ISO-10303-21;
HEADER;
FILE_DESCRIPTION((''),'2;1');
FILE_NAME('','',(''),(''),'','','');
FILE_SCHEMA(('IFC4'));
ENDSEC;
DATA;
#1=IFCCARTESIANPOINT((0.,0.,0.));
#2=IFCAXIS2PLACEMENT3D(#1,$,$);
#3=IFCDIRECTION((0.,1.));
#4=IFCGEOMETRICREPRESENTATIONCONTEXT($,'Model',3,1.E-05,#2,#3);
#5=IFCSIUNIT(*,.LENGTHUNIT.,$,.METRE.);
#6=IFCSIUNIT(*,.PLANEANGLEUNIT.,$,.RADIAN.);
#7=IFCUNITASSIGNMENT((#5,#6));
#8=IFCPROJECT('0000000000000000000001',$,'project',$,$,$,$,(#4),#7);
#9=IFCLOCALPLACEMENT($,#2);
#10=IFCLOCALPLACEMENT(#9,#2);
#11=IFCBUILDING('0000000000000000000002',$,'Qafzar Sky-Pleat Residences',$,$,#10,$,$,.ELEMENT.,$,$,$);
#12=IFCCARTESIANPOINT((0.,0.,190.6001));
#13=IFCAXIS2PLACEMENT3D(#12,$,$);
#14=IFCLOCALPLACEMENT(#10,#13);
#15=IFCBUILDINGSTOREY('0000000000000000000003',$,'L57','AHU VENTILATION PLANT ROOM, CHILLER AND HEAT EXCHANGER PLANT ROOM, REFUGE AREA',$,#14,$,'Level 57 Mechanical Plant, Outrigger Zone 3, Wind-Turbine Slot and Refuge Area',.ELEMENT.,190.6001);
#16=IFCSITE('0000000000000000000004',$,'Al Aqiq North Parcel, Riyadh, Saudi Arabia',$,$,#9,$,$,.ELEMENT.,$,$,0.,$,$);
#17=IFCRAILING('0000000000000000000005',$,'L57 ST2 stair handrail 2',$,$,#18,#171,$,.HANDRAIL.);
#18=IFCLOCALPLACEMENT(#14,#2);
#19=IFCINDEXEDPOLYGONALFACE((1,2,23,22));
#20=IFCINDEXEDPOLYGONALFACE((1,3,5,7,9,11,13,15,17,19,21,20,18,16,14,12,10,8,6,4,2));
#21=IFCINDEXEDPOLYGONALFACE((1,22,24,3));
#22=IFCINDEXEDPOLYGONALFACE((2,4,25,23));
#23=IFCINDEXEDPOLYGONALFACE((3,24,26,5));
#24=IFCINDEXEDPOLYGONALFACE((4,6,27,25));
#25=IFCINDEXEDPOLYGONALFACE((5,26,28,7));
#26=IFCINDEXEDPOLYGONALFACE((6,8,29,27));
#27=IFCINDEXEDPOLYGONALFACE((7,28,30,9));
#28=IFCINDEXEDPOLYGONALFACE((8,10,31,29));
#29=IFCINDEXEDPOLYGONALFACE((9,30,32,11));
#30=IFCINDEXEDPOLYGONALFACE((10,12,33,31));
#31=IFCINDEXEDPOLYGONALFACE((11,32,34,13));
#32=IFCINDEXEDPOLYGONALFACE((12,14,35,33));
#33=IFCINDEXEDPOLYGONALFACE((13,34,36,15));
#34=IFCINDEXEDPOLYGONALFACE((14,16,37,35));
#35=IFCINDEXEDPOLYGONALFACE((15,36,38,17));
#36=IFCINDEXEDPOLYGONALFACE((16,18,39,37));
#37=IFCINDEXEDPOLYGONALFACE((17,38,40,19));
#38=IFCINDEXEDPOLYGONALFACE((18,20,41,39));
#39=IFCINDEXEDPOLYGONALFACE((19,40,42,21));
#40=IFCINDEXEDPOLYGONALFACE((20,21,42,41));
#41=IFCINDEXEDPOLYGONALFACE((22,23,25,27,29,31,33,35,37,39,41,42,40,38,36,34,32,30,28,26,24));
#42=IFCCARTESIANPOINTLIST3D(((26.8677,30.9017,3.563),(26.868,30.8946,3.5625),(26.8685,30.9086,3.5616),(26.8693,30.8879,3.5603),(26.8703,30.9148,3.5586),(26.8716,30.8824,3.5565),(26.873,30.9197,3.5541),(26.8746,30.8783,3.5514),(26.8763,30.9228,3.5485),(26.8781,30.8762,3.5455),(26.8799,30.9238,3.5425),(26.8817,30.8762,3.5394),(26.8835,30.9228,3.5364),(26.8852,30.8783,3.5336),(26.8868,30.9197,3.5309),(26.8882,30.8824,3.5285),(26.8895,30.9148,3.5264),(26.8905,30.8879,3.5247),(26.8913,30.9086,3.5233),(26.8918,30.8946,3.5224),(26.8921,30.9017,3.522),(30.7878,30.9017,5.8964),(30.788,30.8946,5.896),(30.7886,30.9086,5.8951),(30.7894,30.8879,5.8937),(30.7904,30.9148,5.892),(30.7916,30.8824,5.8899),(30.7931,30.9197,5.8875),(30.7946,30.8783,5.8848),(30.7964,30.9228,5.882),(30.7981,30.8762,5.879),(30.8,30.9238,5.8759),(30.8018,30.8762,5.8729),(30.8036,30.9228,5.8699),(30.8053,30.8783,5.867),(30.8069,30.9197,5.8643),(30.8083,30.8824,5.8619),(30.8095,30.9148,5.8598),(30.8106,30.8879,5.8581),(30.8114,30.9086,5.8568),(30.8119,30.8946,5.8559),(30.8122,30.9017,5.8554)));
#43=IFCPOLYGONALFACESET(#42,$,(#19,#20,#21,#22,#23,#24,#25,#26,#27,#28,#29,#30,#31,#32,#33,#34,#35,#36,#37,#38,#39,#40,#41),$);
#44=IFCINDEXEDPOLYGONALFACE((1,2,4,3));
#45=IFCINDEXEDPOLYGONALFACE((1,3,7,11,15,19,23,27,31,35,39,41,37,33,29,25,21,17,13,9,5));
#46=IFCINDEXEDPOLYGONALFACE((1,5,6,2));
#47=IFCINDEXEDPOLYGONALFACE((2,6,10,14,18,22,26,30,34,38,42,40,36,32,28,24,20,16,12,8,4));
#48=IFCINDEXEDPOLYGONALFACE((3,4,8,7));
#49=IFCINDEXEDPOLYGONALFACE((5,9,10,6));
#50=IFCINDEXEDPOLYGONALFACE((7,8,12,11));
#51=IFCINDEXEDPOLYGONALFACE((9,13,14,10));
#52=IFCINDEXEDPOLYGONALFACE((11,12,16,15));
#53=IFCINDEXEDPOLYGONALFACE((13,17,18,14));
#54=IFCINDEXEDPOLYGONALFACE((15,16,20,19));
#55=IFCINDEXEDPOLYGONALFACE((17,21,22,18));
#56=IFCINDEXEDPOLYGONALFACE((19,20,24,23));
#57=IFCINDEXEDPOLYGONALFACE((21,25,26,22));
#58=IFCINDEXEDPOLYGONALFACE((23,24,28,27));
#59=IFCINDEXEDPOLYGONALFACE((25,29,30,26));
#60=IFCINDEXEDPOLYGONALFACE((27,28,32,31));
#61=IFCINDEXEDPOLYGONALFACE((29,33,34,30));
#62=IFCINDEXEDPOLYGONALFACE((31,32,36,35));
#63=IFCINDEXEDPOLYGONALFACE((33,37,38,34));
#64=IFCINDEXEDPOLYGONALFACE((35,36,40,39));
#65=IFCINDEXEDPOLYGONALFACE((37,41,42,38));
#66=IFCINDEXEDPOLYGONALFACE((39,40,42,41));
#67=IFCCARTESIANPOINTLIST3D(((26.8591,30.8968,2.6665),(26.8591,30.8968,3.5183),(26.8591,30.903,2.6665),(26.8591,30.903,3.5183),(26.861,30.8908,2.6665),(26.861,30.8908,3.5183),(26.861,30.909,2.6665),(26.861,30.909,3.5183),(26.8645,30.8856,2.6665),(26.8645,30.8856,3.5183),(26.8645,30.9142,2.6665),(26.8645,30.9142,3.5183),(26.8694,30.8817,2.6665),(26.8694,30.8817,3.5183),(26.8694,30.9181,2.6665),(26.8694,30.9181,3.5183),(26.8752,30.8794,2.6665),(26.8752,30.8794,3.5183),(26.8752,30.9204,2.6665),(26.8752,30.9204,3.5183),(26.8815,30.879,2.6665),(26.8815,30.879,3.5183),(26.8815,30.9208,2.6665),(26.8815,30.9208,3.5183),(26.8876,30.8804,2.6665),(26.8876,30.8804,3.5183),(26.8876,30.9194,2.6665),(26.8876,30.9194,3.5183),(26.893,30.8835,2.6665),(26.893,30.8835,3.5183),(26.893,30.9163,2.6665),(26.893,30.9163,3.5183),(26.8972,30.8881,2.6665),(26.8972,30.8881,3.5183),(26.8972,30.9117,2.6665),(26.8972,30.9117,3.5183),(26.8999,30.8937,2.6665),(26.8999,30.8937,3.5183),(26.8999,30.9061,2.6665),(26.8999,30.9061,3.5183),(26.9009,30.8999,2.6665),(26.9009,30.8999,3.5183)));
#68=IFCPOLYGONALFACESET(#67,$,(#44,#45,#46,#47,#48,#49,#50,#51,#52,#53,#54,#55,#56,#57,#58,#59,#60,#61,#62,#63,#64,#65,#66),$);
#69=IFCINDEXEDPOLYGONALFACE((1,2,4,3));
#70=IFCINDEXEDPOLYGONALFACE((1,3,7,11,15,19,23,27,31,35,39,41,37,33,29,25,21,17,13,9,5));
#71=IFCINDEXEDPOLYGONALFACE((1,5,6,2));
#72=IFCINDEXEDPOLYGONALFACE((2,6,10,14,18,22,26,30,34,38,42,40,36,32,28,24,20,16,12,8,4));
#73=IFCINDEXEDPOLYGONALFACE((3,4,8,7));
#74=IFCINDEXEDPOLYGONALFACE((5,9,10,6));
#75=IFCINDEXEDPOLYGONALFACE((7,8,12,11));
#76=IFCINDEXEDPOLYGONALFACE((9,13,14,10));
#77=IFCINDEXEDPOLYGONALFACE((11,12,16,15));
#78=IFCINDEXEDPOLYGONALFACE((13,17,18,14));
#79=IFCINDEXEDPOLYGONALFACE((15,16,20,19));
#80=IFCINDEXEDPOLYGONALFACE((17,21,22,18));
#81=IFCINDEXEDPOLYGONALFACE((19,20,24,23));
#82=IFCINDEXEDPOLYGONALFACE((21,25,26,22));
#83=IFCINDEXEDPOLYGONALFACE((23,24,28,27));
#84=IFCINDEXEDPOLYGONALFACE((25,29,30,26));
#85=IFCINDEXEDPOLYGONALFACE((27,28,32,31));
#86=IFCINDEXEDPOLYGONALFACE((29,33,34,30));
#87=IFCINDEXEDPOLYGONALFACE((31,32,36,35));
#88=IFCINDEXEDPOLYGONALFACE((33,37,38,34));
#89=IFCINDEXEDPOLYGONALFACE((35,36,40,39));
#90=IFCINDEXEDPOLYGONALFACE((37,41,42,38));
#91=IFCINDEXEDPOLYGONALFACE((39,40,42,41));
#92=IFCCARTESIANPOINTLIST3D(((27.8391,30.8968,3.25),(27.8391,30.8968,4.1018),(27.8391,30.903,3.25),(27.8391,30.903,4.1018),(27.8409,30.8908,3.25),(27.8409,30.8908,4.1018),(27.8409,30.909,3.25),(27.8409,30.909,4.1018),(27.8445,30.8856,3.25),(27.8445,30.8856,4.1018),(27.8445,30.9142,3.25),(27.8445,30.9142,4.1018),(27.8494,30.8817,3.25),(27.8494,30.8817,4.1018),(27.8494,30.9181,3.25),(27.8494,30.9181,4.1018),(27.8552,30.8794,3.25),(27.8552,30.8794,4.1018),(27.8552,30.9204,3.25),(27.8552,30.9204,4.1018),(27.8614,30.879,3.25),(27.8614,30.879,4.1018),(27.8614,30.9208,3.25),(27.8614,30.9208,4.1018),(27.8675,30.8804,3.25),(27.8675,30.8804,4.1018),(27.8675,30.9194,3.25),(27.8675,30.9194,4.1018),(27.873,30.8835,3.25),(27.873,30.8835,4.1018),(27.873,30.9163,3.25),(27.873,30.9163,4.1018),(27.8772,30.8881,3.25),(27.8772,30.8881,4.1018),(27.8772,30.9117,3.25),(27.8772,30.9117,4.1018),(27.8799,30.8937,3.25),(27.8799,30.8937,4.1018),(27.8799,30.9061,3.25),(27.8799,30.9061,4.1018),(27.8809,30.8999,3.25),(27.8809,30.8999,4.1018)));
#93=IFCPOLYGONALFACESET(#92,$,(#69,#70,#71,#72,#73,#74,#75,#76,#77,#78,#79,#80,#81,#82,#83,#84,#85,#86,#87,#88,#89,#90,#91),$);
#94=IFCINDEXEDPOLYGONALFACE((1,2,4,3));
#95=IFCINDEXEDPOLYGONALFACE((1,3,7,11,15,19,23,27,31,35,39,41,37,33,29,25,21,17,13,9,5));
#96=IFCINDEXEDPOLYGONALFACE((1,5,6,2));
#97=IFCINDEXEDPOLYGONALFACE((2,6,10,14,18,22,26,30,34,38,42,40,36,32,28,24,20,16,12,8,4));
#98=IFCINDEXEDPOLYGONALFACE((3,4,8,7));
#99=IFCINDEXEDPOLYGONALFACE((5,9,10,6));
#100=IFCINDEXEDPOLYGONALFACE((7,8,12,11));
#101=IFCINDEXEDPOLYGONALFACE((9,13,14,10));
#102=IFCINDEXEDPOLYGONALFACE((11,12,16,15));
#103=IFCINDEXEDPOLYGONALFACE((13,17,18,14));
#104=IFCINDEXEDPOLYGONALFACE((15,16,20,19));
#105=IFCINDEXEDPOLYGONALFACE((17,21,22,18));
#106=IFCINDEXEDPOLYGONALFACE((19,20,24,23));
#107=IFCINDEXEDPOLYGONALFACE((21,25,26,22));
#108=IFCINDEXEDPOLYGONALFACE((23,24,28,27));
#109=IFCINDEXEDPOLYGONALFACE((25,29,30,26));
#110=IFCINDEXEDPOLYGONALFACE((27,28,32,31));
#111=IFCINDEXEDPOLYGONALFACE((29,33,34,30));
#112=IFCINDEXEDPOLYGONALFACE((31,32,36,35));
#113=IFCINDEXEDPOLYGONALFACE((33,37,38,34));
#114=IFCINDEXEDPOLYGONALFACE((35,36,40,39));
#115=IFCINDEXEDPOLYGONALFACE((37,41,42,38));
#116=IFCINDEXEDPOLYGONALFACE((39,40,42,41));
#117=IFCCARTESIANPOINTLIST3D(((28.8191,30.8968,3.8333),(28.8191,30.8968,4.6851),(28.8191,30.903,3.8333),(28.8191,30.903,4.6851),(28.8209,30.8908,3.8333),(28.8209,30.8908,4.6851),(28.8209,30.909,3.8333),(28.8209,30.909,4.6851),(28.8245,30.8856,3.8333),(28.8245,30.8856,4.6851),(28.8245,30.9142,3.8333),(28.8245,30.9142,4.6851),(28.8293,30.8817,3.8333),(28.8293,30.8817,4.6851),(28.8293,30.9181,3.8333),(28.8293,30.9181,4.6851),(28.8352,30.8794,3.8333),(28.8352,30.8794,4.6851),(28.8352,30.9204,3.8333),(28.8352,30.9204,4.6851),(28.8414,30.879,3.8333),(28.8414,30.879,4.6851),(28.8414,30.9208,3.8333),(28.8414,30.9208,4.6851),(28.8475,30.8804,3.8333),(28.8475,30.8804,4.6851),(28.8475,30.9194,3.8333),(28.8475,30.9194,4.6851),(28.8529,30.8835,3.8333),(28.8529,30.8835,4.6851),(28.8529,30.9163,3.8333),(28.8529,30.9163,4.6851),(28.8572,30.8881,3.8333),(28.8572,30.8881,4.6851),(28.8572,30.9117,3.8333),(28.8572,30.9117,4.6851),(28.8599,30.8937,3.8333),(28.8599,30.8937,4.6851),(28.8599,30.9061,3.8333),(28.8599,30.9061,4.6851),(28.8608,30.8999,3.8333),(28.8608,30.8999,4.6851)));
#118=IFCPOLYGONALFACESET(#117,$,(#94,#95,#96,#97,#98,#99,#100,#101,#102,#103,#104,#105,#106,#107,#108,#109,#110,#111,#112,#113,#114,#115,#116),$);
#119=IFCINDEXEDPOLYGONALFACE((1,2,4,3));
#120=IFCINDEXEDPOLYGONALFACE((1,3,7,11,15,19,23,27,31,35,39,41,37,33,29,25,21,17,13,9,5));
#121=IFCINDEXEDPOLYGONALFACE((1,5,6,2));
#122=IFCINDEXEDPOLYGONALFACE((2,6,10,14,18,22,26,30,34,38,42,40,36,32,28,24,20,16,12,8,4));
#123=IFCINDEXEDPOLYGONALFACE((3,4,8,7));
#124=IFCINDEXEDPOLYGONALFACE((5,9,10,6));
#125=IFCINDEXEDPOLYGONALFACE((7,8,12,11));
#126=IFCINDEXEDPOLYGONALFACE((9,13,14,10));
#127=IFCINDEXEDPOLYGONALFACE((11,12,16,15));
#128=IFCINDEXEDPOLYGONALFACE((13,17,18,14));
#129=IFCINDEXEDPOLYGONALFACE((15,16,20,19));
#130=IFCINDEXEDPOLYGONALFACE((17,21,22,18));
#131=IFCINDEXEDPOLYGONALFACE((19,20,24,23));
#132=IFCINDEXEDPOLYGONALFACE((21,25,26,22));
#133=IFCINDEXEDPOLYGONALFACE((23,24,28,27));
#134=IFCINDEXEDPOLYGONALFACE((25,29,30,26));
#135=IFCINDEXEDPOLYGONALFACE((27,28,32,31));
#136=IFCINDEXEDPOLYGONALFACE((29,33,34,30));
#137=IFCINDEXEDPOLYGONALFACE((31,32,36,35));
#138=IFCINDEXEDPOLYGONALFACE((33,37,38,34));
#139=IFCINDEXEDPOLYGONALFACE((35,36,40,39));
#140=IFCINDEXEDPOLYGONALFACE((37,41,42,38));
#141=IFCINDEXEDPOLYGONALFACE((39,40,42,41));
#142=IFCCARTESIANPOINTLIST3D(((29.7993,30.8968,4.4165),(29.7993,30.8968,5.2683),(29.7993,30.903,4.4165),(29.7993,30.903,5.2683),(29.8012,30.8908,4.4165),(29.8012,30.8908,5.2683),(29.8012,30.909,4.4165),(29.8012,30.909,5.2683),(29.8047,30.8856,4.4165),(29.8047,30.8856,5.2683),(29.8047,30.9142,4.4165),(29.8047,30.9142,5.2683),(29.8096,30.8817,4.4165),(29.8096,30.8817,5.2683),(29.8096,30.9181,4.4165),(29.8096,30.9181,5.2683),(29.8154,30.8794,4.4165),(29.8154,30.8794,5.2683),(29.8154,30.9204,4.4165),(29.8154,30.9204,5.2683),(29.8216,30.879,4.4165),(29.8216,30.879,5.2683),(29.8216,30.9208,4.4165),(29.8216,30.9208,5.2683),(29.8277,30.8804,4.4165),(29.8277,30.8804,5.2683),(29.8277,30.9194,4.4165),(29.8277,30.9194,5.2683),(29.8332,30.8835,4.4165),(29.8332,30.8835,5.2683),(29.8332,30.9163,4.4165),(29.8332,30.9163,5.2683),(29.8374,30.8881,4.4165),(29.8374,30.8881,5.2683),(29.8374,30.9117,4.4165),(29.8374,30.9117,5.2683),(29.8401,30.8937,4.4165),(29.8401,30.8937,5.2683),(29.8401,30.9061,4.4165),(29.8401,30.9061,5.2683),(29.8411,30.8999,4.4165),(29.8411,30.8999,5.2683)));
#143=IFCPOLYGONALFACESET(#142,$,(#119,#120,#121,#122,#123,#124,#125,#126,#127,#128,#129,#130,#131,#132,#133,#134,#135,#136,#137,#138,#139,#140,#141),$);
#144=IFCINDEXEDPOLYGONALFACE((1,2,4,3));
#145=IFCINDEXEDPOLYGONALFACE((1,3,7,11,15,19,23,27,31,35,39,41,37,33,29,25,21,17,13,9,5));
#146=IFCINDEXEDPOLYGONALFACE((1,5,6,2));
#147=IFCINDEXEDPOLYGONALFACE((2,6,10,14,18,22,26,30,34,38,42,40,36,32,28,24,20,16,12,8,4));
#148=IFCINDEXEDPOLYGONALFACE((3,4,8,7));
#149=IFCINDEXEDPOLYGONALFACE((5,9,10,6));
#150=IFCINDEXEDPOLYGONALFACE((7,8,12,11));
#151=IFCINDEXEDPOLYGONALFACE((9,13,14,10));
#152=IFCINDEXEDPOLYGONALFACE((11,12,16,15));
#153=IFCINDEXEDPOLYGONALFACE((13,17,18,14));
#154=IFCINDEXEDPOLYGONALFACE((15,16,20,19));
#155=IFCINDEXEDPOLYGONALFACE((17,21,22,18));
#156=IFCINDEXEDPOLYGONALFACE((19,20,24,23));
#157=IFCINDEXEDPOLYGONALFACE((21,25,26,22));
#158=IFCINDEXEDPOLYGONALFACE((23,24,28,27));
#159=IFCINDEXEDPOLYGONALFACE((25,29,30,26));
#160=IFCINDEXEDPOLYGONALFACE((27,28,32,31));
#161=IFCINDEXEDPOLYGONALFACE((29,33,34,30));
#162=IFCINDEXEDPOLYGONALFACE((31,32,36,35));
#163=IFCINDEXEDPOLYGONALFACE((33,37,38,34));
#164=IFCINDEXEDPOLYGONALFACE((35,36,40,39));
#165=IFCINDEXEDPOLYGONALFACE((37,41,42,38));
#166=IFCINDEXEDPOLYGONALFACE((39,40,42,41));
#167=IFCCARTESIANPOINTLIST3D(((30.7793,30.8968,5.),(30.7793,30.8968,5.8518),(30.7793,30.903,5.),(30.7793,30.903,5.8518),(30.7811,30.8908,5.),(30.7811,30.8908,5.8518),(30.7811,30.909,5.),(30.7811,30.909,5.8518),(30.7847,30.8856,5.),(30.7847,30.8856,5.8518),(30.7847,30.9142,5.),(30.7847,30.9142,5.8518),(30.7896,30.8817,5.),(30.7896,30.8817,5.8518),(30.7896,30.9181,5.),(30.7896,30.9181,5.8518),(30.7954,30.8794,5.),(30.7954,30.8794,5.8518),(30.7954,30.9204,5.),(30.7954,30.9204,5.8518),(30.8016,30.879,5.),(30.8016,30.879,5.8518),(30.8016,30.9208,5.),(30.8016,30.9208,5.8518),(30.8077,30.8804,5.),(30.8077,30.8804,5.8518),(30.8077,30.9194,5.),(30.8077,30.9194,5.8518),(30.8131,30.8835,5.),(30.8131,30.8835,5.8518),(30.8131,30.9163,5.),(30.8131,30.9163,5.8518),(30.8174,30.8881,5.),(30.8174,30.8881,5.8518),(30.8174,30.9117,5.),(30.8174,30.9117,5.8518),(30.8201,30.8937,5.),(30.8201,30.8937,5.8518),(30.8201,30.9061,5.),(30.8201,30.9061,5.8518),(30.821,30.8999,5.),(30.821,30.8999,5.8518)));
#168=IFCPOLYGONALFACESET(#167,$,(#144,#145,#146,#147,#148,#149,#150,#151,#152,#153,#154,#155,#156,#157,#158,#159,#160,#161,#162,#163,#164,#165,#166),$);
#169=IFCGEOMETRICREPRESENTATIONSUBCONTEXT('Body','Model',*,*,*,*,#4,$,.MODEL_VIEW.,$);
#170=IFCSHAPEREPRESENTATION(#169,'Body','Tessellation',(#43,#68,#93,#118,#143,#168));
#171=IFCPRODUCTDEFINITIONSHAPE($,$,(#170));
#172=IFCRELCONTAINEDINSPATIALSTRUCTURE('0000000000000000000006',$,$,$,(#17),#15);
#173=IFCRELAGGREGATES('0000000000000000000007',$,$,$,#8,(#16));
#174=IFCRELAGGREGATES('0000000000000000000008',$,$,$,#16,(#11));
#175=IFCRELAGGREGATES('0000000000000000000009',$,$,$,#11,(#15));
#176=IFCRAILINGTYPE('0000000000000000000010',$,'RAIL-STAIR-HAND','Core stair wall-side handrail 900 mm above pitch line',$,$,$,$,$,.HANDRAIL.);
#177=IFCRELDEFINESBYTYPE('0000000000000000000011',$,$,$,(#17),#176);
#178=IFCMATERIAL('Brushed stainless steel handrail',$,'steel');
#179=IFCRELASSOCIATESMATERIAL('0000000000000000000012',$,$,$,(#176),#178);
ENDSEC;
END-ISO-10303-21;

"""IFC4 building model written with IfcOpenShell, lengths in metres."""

from ifc_helpers import new_model, si_unit, direction, frame, origin, origin_2d, place, context, subcontext, project, spatial, circle, extrude, source, transform, mapped, material, type_object, element, save


model = new_model("IFC4")

# Units and contexts
model_context = context("Model", 3, precision=1e-05, world=origin(), true_north=direction((0.0, 1.0)))
body_context = subcontext(model_context, "Body", "Model", "MODEL_VIEW")
ifc_project = project(units=[si_unit("LENGTHUNIT", "METRE"), si_unit("PLANEANGLEUNIT", "RADIAN")], contexts=[model_context])

# Site, building, storey
site_placement = place(None, origin())
site = spatial("IfcSite", under=ifc_project, at=site_placement, Name="Al Aqiq North Parcel, Riyadh, Saudi Arabia", CompositionType="ELEMENT", RefElevation=0.0)
building_placement = place(site_placement, origin())
building = spatial("IfcBuilding", under=site, at=building_placement, Name="Qafzar Sky-Pleat Residences", CompositionType="ELEMENT")
storey_placement = place(building_placement, frame((0.0, 0.0, 190.6001)))
storey = spatial("IfcBuildingStorey", under=building, at=storey_placement, Name="L57", Description="AHU VENTILATION PLANT ROOM, CHILLER AND HEAT EXCHANGER PLANT ROOM, REFUGE AREA", LongName="Level 57 Mechanical Plant, Outrigger Zone 3, Wind-Turbine Slot and Refuge Area", CompositionType="ELEMENT", Elevation=190.6001)

# Railing
ifc_material_1 = material(Name="Brushed stainless steel handrail", Category="steel")
railing_type_1 = type_object("IfcRailingType", Name="RAIL-STAIR-HAND", Description="Core stair wall-side handrail 900 mm above pitch line", PredefinedType="HANDRAIL", material=ifc_material_1)
shared_shape_1 = source(origin(), body_context, "Body", "SweptSolid", [
    extrude(circle(Radius=0.0239, at=origin_2d()), frame((0.0, 0.0, 0.876), z_axis=(0.859287, 0.0, 0.511494), x_axis=(0.0, 1.0, 0.0)), (0.0, 0.0, 1.0), 4.562),
    extrude(circle(Radius=0.021, at=origin_2d()), origin(), (0.0, 0.0, 1.0), 0.8518),
    extrude(circle(Radius=0.021, at=origin_2d()), frame((0.98, 0.0, 0.5835)), (0.0, 0.0, 1.0), 0.8518),
    extrude(circle(Radius=0.021, at=origin_2d()), frame((1.96, 0.0, 1.1667)), (0.0, 0.0, 1.0), 0.8518),
    extrude(circle(Radius=0.021, at=origin_2d()), frame((2.9402, 0.0, 1.75)), (0.0, 0.0, 1.0), 0.8518),
    extrude(circle(Radius=0.021, at=origin_2d()), frame((3.9202, 0.0, 2.3335)), (0.0, 0.0, 1.0), 0.8518),
])
railing_1_placement = place(storey_placement, frame((26.8799, 30.8999, 2.6665)))
element("IfcRailing", 1, at=railing_1_placement, inside=storey, type_object=railing_type_1, Name="L57 ST2 stair handrail 2", PredefinedType="HANDRAIL", context=body_context, shape_type="MappedRepresentation", body=[
    mapped(shared_shape_1, transform((0.0, 0.0, 0.0), x_axis=(1.0, 0.0, 0.0), y_axis=(0.0, 1.0, 0.0), z_axis=(0.0, 0.0, 1.0), scale=1.0)),
])

save(model, "model.ifc")
